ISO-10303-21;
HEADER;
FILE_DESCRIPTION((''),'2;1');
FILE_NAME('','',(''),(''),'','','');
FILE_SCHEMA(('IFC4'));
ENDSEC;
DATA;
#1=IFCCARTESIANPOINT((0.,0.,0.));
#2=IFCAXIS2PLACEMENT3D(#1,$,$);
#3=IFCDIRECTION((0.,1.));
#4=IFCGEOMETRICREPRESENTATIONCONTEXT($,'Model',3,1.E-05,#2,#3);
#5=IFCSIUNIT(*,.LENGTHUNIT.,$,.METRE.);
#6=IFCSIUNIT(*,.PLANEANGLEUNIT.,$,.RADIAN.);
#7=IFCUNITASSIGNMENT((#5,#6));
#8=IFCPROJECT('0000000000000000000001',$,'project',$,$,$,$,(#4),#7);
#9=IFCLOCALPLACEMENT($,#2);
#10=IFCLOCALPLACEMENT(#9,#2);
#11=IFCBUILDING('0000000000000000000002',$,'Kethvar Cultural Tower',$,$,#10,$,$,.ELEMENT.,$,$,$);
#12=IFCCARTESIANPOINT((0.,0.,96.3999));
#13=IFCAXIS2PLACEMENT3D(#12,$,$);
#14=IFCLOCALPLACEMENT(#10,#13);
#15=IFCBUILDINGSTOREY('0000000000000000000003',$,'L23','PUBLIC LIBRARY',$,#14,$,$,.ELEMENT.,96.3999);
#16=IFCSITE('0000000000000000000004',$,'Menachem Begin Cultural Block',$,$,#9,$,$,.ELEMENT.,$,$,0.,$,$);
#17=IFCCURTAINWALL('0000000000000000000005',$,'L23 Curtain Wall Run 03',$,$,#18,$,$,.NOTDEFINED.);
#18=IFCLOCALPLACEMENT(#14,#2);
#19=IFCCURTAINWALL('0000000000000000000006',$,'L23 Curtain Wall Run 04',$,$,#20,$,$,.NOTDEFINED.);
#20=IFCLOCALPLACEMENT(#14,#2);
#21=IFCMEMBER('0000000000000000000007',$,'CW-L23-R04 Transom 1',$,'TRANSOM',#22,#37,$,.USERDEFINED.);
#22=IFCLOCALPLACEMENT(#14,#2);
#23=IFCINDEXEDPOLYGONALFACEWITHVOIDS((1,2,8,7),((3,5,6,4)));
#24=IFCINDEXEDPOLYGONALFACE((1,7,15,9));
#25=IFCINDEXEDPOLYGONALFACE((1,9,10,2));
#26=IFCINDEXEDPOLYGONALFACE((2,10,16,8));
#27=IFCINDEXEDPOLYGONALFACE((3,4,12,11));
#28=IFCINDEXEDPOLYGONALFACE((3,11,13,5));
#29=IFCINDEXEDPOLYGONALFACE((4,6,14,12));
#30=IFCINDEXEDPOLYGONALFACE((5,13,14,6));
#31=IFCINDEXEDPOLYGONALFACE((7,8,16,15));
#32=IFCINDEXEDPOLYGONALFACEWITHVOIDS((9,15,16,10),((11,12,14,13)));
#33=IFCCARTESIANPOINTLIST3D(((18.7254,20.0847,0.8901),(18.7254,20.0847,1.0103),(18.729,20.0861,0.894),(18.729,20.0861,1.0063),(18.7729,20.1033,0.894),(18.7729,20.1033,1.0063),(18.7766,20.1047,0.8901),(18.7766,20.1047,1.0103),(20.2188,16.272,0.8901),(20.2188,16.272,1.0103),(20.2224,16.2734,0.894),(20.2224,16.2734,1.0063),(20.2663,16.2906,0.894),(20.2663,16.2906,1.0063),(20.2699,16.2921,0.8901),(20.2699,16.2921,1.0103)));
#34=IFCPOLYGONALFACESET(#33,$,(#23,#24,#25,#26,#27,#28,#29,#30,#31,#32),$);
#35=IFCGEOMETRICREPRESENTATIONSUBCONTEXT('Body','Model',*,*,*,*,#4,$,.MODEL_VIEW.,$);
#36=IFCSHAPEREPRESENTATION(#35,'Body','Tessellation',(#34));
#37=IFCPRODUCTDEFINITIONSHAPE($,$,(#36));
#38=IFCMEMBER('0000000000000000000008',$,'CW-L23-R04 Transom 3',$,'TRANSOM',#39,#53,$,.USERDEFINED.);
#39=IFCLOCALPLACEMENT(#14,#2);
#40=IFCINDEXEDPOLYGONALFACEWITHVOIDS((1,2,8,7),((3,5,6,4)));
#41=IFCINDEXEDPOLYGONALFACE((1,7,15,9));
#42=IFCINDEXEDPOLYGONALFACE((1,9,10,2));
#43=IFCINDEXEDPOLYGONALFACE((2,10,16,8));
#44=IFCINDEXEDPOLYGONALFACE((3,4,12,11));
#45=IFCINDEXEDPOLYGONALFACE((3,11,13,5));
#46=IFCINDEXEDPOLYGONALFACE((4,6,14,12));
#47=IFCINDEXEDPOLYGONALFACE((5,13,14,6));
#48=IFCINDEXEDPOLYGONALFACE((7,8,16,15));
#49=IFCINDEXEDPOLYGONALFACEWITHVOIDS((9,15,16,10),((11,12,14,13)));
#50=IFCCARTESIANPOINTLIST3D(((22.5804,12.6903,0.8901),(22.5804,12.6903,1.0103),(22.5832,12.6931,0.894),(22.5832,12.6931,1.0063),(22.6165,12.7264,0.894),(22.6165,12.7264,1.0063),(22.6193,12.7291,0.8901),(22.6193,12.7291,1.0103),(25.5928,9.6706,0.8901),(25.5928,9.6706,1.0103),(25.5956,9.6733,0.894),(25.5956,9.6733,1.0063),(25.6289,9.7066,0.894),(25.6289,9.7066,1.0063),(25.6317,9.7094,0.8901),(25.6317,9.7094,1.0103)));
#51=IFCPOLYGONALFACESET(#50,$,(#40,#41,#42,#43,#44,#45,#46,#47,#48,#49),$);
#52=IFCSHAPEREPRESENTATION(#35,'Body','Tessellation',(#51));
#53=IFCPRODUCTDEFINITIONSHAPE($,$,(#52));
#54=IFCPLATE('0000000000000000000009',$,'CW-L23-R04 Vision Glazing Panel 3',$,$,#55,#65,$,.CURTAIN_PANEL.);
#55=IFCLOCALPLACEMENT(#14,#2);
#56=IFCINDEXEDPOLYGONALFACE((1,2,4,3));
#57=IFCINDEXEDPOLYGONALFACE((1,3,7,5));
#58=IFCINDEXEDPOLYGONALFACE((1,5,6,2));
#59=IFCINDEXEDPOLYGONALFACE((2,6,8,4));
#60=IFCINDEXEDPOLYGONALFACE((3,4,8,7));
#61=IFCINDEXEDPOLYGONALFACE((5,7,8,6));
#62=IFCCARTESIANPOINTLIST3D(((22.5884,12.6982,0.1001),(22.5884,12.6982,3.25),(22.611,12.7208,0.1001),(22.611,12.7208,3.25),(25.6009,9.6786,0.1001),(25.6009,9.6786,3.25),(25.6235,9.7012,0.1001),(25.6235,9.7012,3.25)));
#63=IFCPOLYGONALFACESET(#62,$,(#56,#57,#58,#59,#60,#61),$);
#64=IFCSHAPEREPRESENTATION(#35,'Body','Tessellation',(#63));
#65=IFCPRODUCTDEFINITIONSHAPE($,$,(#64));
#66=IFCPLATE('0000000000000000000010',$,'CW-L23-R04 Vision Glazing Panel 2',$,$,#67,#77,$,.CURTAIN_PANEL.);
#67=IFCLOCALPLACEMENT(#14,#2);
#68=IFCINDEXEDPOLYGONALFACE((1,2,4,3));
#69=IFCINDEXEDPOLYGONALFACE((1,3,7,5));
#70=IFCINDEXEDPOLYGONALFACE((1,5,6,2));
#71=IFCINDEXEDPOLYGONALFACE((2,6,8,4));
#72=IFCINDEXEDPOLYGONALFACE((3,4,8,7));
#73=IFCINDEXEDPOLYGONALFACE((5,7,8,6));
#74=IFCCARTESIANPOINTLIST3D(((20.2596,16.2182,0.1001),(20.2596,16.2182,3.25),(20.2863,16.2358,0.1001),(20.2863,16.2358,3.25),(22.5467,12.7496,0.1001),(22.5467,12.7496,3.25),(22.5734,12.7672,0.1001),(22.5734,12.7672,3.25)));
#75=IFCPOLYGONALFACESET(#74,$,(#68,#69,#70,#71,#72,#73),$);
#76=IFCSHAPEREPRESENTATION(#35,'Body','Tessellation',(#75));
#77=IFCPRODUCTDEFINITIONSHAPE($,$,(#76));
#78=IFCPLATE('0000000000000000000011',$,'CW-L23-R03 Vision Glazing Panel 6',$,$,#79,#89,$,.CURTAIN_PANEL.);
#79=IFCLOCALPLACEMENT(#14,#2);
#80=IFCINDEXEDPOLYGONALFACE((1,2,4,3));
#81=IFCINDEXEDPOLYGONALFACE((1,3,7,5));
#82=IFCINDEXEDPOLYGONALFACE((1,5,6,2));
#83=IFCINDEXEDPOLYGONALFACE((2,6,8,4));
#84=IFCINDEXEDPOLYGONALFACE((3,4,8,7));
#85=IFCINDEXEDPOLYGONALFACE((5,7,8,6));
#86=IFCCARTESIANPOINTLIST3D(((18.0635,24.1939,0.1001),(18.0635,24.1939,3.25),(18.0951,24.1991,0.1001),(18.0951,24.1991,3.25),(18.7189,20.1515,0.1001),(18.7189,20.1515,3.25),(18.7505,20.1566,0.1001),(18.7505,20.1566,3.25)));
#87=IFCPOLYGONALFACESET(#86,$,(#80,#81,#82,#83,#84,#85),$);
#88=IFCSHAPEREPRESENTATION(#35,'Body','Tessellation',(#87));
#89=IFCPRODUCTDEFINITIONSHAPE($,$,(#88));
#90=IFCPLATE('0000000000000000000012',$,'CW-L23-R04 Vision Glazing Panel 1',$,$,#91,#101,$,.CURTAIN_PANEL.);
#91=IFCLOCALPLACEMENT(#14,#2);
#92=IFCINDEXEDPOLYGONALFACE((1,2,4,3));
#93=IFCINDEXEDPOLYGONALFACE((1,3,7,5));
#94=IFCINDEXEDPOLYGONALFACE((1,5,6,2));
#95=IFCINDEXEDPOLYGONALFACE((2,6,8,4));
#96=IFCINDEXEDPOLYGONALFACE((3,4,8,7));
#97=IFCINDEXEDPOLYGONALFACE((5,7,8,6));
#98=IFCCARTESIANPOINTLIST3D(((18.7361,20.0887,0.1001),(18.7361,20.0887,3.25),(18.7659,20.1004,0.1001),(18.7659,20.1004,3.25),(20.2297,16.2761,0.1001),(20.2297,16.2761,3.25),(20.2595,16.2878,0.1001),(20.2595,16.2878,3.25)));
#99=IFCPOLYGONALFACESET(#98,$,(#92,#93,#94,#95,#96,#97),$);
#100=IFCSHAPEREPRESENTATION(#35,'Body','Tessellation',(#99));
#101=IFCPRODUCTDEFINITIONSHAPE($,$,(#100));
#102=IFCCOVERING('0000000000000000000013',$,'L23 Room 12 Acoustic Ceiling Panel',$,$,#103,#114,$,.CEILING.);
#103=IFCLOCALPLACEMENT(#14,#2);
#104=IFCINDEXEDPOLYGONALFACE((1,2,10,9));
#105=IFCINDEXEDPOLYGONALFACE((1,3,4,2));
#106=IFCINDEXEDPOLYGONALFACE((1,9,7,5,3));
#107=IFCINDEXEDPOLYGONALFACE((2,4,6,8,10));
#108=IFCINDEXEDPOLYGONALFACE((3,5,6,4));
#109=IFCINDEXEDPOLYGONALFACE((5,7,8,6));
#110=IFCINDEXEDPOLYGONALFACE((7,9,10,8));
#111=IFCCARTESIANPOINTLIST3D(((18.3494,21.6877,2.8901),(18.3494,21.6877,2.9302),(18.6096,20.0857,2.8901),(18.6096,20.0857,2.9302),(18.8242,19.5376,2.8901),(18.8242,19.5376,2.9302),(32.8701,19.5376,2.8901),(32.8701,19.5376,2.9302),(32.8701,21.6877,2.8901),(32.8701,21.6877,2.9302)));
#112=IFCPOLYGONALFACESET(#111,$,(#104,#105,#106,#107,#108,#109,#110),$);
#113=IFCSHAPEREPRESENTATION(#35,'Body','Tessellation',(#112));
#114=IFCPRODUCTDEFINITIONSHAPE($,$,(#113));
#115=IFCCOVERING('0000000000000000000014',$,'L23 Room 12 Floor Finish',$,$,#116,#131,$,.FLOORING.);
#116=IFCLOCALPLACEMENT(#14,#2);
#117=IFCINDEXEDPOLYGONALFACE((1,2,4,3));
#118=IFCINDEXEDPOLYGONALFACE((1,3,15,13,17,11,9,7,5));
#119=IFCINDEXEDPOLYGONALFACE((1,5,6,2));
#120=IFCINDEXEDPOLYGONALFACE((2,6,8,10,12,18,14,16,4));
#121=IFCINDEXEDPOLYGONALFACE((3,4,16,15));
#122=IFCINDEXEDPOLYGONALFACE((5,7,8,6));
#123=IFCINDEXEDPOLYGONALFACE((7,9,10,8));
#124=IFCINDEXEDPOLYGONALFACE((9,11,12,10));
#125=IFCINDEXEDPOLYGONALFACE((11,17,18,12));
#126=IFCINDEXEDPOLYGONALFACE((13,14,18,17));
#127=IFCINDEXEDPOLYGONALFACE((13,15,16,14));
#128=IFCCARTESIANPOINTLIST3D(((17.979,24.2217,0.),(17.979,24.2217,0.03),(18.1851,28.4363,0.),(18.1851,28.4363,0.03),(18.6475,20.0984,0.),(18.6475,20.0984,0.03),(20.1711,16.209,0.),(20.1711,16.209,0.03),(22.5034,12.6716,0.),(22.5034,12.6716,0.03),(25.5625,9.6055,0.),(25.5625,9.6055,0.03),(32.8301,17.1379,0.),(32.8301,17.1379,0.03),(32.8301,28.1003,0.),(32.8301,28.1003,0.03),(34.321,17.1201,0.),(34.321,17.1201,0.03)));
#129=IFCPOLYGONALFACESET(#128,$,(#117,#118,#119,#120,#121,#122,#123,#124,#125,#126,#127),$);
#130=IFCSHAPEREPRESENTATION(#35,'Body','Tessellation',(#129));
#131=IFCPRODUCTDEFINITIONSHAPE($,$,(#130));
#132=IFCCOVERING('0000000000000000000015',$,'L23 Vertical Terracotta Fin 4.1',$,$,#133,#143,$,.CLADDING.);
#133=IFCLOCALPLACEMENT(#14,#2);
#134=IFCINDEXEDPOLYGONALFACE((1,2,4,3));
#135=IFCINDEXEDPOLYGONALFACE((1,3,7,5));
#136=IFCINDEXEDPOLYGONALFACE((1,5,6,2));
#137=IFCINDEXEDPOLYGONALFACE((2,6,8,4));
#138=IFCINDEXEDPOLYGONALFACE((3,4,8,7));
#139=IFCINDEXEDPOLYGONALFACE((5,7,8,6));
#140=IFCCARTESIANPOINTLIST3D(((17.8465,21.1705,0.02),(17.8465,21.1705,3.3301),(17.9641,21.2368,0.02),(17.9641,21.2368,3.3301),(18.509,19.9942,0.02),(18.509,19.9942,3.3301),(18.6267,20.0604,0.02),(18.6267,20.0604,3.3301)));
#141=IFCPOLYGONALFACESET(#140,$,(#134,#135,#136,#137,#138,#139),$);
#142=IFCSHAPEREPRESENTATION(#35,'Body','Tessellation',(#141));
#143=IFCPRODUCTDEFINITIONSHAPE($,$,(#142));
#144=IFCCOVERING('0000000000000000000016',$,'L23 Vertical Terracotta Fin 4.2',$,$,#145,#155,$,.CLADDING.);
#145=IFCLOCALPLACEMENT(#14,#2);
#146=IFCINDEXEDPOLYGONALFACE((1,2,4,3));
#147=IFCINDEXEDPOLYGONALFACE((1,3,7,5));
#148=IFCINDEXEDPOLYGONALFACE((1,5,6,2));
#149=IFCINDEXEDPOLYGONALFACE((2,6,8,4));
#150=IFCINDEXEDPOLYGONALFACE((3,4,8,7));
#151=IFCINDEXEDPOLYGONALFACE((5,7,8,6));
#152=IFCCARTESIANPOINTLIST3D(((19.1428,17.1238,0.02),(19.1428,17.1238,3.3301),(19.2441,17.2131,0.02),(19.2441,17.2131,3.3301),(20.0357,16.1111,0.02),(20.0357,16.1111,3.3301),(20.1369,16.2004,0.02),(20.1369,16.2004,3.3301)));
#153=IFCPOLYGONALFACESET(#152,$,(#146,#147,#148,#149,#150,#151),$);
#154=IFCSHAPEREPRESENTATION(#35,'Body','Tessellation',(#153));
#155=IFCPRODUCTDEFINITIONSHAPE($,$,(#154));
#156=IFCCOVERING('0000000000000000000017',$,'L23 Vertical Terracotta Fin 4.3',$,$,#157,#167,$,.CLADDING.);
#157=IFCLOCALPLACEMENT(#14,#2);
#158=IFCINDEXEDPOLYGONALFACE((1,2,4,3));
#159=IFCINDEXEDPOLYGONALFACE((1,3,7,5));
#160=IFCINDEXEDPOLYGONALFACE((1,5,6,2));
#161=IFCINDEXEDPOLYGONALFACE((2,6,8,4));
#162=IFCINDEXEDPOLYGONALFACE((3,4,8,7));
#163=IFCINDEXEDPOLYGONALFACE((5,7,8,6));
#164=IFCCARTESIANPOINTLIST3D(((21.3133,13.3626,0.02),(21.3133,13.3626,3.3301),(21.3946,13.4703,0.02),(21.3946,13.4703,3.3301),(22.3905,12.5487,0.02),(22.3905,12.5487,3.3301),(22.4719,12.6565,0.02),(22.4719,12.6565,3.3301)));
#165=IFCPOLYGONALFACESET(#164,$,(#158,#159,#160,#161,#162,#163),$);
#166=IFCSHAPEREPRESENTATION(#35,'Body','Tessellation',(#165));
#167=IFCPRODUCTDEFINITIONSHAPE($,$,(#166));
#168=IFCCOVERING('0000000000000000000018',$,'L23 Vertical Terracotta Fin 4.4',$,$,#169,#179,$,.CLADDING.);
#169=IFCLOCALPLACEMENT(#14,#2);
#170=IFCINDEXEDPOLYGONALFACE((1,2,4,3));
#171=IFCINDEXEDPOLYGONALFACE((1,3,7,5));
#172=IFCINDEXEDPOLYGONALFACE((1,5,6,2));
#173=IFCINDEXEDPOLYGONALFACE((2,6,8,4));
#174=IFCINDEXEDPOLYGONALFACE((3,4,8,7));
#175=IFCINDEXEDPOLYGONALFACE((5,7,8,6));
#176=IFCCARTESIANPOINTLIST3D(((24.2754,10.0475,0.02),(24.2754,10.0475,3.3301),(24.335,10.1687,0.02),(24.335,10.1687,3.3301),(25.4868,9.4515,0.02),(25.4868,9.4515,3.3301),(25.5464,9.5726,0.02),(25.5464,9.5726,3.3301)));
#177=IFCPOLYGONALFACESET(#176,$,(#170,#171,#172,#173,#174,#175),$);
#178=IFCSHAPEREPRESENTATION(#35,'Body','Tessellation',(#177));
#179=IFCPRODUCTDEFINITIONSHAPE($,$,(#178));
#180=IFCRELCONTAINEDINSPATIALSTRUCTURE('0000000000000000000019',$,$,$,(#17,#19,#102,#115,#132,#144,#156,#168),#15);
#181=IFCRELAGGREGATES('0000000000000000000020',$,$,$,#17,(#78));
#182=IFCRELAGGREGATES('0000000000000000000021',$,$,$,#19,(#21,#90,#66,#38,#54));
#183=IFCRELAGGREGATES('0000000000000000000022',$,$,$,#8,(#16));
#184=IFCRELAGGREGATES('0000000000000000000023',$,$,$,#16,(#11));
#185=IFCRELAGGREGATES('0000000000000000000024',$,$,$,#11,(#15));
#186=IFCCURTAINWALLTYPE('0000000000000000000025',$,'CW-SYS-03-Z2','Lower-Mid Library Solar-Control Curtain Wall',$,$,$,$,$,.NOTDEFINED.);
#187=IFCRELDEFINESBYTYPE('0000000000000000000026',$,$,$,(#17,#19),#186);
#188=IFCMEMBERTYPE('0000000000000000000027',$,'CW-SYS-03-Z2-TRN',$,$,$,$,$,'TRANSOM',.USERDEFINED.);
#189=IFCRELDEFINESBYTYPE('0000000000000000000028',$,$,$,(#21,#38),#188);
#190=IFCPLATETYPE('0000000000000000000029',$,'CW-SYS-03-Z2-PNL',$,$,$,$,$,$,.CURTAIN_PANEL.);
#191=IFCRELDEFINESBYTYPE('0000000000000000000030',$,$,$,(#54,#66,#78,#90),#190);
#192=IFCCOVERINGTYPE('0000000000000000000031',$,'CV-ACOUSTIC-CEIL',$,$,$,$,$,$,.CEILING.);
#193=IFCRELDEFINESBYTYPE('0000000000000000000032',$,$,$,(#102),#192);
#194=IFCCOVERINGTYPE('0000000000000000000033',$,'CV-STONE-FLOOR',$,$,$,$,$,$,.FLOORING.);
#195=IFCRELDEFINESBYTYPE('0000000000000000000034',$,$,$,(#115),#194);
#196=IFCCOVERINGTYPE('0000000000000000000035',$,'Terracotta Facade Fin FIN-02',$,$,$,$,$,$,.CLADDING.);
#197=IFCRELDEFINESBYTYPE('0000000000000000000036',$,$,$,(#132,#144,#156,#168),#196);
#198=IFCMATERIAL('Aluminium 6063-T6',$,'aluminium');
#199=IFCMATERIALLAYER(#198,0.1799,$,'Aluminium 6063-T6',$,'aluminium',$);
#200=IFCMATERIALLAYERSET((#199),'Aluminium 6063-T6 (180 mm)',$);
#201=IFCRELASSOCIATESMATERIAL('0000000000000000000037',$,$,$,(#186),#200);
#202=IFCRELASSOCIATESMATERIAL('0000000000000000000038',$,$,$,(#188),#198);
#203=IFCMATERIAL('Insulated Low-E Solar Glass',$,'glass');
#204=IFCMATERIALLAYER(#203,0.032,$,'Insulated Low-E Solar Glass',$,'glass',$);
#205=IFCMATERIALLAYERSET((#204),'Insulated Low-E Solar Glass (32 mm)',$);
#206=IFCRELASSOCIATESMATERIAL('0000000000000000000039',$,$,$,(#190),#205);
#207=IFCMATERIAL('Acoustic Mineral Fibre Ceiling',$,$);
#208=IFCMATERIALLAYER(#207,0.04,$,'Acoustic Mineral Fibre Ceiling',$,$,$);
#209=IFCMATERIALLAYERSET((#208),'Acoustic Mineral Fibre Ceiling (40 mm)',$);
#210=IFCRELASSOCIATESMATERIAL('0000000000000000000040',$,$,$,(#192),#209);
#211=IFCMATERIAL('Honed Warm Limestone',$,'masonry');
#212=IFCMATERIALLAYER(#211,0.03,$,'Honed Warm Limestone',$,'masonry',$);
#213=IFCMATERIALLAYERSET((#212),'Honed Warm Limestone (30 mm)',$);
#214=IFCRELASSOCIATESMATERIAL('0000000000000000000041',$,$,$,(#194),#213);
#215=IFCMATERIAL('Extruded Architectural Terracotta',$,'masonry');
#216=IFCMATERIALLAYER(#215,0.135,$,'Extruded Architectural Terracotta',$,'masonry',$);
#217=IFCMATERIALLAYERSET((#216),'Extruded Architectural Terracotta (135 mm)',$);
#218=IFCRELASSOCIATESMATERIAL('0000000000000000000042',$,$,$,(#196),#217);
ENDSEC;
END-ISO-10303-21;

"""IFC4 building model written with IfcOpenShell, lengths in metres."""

from ifc_helpers import new_model, si_unit, direction, frame, origin, origin_2d, place, context, subcontext, project, spatial, polyline, rectangle, hollow_rectangle, outline, extrude, source, transform, mapped, material, layer, layer_set, material_profile, profile_set, type_object, element, aggregate, save


model = new_model("IFC4")

# Units and contexts
model_context = context("Model", 3, precision=1e-05, world=origin(), true_north=direction((0.0, 1.0)))
body_context = subcontext(model_context, "Body", "Model", "MODEL_VIEW")
ifc_project = project(units=[si_unit("LENGTHUNIT", "METRE"), si_unit("PLANEANGLEUNIT", "RADIAN")], contexts=[model_context])

# Site, building, storey
site_placement = place(None, origin())
site = spatial("IfcSite", under=ifc_project, at=site_placement, Name="Menachem Begin Cultural Block", CompositionType="ELEMENT", RefElevation=0.0)
building_placement = place(site_placement, origin())
building = spatial("IfcBuilding", under=site, at=building_placement, Name="Kethvar Cultural Tower", CompositionType="ELEMENT")
storey_placement = place(building_placement, frame((0.0, 0.0, 96.3999)))
storey = spatial("IfcBuildingStorey", under=building, at=storey_placement, Name="L23", Description="PUBLIC LIBRARY", CompositionType="ELEMENT", Elevation=96.3999)

# Curtain wall
ifc_material_1 = material(Name="Aluminium 6063-T6", Category="aluminium")
ifc_layer_1 = layer(ifc_material_1, 0.1799, Name="Aluminium 6063-T6", Category="aluminium")
ifc_layer_set_1 = layer_set([ifc_layer_1], Name="Aluminium 6063-T6 (180 mm)")
curtain_wall_type = type_object("IfcCurtainWallType", Name="CW-SYS-03-Z2", Description="Lower-Mid Library Solar-Control Curtain Wall", PredefinedType="NOTDEFINED", material=ifc_layer_set_1)
curtain_wall_1_placement = place(storey_placement, origin())
curtain_wall_1 = element("IfcCurtainWall", 1, at=curtain_wall_1_placement, inside=storey, type_object=curtain_wall_type, Name="L23 Curtain Wall Run 03", PredefinedType="NOTDEFINED")

# Curtain wall, members, plates
curtain_wall_2_placement = place(storey_placement, origin())
curtain_wall_2 = element("IfcCurtainWall", 2, at=curtain_wall_2_placement, inside=storey, type_object=curtain_wall_type, Name="L23 Curtain Wall Run 04", PredefinedType="NOTDEFINED")
ifc_material_profile_1 = material_profile(ifc_material_1, hollow_rectangle(XDim=0.0549, YDim=0.1201, WallThickness=0.0039, at=origin_2d()), Name="Aluminium 6063-T6 — RHS120x55x4")
ifc_profile_set_1 = profile_set([ifc_material_profile_1], Name="Aluminium 6063-T6 — RHS120x55x4")
member_type_1 = type_object("IfcMemberType", Name="CW-SYS-03-Z2-TRN", ElementType="TRANSOM", PredefinedType="USERDEFINED", material=ifc_profile_set_1)
shared_shape_1 = source(origin(), body_context, "Body", "SweptSolid", [
    extrude(hollow_rectangle(XDim=0.0549, YDim=0.1201, WallThickness=0.0039, at=origin_2d()), origin(), (0.0, 0.0, 1.0), 4.0947),
])
member_1_placement = place(storey_placement, frame((18.751, 20.0947, 0.9502), z_axis=(0.36471, -0.931121, 0.0), x_axis=(0.931121, 0.36471, 0.0)))
member_1 = element("IfcMember", 3, at=member_1_placement, type_object=member_type_1, Name="CW-L23-R04 Transom 1", ObjectType="TRANSOM", PredefinedType="USERDEFINED", context=body_context, shape_type="MappedRepresentation", body=[
    mapped(shared_shape_1, transform((0.0, 0.0, 0.0), scale=1.0)),
])
shared_shape_2 = source(origin(), body_context, "Body", "SweptSolid", [
    extrude(hollow_rectangle(XDim=0.0549, YDim=0.1201, WallThickness=0.0039, at=origin_2d()), origin(), (0.0, 0.0, 1.0), 4.2654),
])
member_2_placement = place(storey_placement, frame((22.5999, 12.7097, 0.9502), z_axis=(0.706248, -0.707965, 0.0), x_axis=(0.707965, 0.706248, 0.0)))
member_2 = element("IfcMember", 4, at=member_2_placement, type_object=member_type_1, Name="CW-L23-R04 Transom 3", ObjectType="TRANSOM", PredefinedType="USERDEFINED", context=body_context, shape_type="MappedRepresentation", body=[
    mapped(shared_shape_2, transform((0.0, 0.0, 0.0), scale=1.0)),
])
ifc_material_2 = material(Name="Insulated Low-E Solar Glass", Category="glass")
ifc_layer_2 = layer(ifc_material_2, 0.032, Name="Insulated Low-E Solar Glass", Category="glass")
ifc_layer_set_2 = layer_set([ifc_layer_2], Name="Insulated Low-E Solar Glass (32 mm)")
plate_type = type_object("IfcPlateType", Name="CW-SYS-03-Z2-PNL", PredefinedType="CURTAIN_PANEL", material=ifc_layer_set_2)
shared_shape_3 = source(origin(), body_context, "Body", "SweptSolid", [
    extrude(rectangle(XDim=4.2654, YDim=0.032, at=origin_2d()), origin(), (0.0, 0.0, 1.0), 3.1499),
])
plate_1_placement = place(storey_placement, frame((24.106, 11.1997, 0.1001), z_axis=(0.0, 0.0, 1.0), x_axis=(0.706267, -0.707945, 0.0)))
plate_1 = element("IfcPlate", 5, at=plate_1_placement, type_object=plate_type, Name="CW-L23-R04 Vision Glazing Panel 3", PredefinedType="CURTAIN_PANEL", context=body_context, shape_type="MappedRepresentation", body=[
    mapped(shared_shape_3, transform((0.0, 0.0, 0.0), scale=1.0)),
])
shared_shape_4 = source(origin(), body_context, "Body", "SweptSolid", [
    extrude(rectangle(XDim=4.1548, YDim=0.032, at=origin_2d()), origin(), (0.0, 0.0, 1.0), 3.1499),
])
plate_2_placement = place(storey_placement, frame((21.4165, 14.4927, 0.1001), z_axis=(0.0, 0.0, 1.0), x_axis=(0.550481, -0.834848, 0.0)))
plate_2 = element("IfcPlate", 6, at=plate_2_placement, type_object=plate_type, Name="CW-L23-R04 Vision Glazing Panel 2", PredefinedType="CURTAIN_PANEL", context=body_context, shape_type="MappedRepresentation", body=[
    mapped(shared_shape_4, transform((0.0, 0.0, 0.0), scale=1.0)),
])

# Plates
shared_shape_5 = source(origin(), body_context, "Body", "SweptSolid", [
    extrude(rectangle(XDim=4.0952, YDim=0.032, at=origin_2d()), origin(), (0.0, 0.0, 1.0), 3.1499),
])
plate_3_placement = place(storey_placement, frame((18.407, 22.1753, 0.1001), z_axis=(0.0, 0.0, 1.0), x_axis=(0.160036, -0.987111, 0.0)))
plate_3 = element("IfcPlate", 7, at=plate_3_placement, type_object=plate_type, Name="CW-L23-R03 Vision Glazing Panel 6", PredefinedType="CURTAIN_PANEL", context=body_context, shape_type="MappedRepresentation", body=[
    mapped(shared_shape_5, transform((0.0, 0.0, 0.0), scale=1.0)),
])
aggregate(curtain_wall_1, [plate_3])
shared_shape_6 = source(origin(), body_context, "Body", "SweptSolid", [
    extrude(rectangle(XDim=4.0947, YDim=0.032, at=origin_2d()), origin(), (0.0, 0.0, 1.0), 3.1499),
])
plate_4_placement = place(storey_placement, frame((19.4978, 18.1882, 0.1001), z_axis=(0.0, 0.0, 1.0), x_axis=(0.364747, -0.931107, 0.0)))
plate_4 = element("IfcPlate", 8, at=plate_4_placement, type_object=plate_type, Name="CW-L23-R04 Vision Glazing Panel 1", PredefinedType="CURTAIN_PANEL", context=body_context, shape_type="MappedRepresentation", body=[
    mapped(shared_shape_6, transform((0.0, 0.0, 0.0), scale=1.0)),
])
aggregate(curtain_wall_2, [member_1, plate_4, plate_2, member_2, plate_1])

# Coverings
ifc_material_3 = material(Name="Acoustic Mineral Fibre Ceiling")
ifc_layer_3 = layer(ifc_material_3, 0.04, Name="Acoustic Mineral Fibre Ceiling")
ifc_layer_set_3 = layer_set([ifc_layer_3], Name="Acoustic Mineral Fibre Ceiling (40 mm)")
covering_type_1 = type_object("IfcCoveringType", Name="CV-ACOUSTIC-CEIL", PredefinedType="CEILING", material=ifc_layer_set_3)
covering_1_placement = place(storey_placement, frame((0.0, 0.0, 2.8901)))
element("IfcCovering", 9, at=covering_1_placement, inside=storey, type_object=covering_type_1, Name="L23 Room 12 Acoustic Ceiling Panel", PredefinedType="CEILING", context=body_context, shape_type="SweptSolid", body=[
    extrude(outline(polyline([(18.6096, 20.0857), (18.3494, 21.6877), (32.8701, 21.6877), (32.8701, 19.5376), (18.8242, 19.5376), (18.6096, 20.0857)])), origin(), (0.0, 0.0, 1.0), 0.04),
])
ifc_material_4 = material(Name="Honed Warm Limestone", Category="masonry")
ifc_layer_4 = layer(ifc_material_4, 0.03, Name="Honed Warm Limestone", Category="masonry")
ifc_layer_set_4 = layer_set([ifc_layer_4], Name="Honed Warm Limestone (30 mm)")
covering_type_2 = type_object("IfcCoveringType", Name="CV-STONE-FLOOR", PredefinedType="FLOORING", material=ifc_layer_set_4)
covering_2_placement = place(storey_placement, origin())
element("IfcCovering", 10, at=covering_2_placement, inside=storey, type_object=covering_type_2, Name="L23 Room 12 Floor Finish", PredefinedType="FLOORING", context=body_context, shape_type="SweptSolid", body=[
    extrude(outline(polyline([(22.5034, 12.6716), (20.1711, 16.209), (18.6475, 20.0984), (17.979, 24.2217), (18.1851, 28.4363), (32.8301, 28.1003), (32.8301, 17.1379), (34.321, 17.1201), (25.5625, 9.6055), (22.5034, 12.6716)])), origin(), (0.0, 0.0, 1.0), 0.03),
])
ifc_material_5 = material(Name="Extruded Architectural Terracotta", Category="masonry")
ifc_layer_5 = layer(ifc_material_5, 0.135, Name="Extruded Architectural Terracotta", Category="masonry")
ifc_layer_set_5 = layer_set([ifc_layer_5], Name="Extruded Architectural Terracotta (135 mm)")
covering_type_3 = type_object("IfcCoveringType", Name="Terracotta Facade Fin FIN-02", PredefinedType="CLADDING", material=ifc_layer_set_5)
shared_shape_7 = source(origin(), body_context, "Body", "SweptSolid", [
    extrude(rectangle(XDim=1.3501, YDim=0.135, at=origin_2d()), origin(), (0.0, 0.0, 1.0), 3.3101),
])
for number, where, z_axis, x_axis, name in (
    (11, (18.2366, 20.6155, 0.02), (0.0, 0.0, 1.0), (-0.490752, 0.871299, 0.0), "L23 Vertical Terracotta Fin 4.1"),
    (12, (19.6399, 16.6621, 0.02), (0.0, 0.0, 1.0), (-0.661312, 0.750111, 0.0), "L23 Vertical Terracotta Fin 4.2"),
    (13, (21.8926, 13.0095, 0.02), (0.0, 0.0, 1.0), (-0.7979, 0.60279, 0.0), "L23 Vertical Terracotta Fin 4.3"),
    (14, (24.9109, 9.8101, 0.02), (0.0, 0.0, 1.0), (-0.897258, 0.441506, 0.0), "L23 Vertical Terracotta Fin 4.4"),
):
    element("IfcCovering", number, at=place(storey_placement, frame(where, z_axis=z_axis, x_axis=x_axis)), inside=storey, type_object=covering_type_3, Name=name, PredefinedType="CLADDING", context=body_context, shape_type="MappedRepresentation", body=[
        mapped(shared_shape_7, transform((0.0, 0.0, 0.0), scale=1.0)),
    ])

save(model, "model.ifc")
